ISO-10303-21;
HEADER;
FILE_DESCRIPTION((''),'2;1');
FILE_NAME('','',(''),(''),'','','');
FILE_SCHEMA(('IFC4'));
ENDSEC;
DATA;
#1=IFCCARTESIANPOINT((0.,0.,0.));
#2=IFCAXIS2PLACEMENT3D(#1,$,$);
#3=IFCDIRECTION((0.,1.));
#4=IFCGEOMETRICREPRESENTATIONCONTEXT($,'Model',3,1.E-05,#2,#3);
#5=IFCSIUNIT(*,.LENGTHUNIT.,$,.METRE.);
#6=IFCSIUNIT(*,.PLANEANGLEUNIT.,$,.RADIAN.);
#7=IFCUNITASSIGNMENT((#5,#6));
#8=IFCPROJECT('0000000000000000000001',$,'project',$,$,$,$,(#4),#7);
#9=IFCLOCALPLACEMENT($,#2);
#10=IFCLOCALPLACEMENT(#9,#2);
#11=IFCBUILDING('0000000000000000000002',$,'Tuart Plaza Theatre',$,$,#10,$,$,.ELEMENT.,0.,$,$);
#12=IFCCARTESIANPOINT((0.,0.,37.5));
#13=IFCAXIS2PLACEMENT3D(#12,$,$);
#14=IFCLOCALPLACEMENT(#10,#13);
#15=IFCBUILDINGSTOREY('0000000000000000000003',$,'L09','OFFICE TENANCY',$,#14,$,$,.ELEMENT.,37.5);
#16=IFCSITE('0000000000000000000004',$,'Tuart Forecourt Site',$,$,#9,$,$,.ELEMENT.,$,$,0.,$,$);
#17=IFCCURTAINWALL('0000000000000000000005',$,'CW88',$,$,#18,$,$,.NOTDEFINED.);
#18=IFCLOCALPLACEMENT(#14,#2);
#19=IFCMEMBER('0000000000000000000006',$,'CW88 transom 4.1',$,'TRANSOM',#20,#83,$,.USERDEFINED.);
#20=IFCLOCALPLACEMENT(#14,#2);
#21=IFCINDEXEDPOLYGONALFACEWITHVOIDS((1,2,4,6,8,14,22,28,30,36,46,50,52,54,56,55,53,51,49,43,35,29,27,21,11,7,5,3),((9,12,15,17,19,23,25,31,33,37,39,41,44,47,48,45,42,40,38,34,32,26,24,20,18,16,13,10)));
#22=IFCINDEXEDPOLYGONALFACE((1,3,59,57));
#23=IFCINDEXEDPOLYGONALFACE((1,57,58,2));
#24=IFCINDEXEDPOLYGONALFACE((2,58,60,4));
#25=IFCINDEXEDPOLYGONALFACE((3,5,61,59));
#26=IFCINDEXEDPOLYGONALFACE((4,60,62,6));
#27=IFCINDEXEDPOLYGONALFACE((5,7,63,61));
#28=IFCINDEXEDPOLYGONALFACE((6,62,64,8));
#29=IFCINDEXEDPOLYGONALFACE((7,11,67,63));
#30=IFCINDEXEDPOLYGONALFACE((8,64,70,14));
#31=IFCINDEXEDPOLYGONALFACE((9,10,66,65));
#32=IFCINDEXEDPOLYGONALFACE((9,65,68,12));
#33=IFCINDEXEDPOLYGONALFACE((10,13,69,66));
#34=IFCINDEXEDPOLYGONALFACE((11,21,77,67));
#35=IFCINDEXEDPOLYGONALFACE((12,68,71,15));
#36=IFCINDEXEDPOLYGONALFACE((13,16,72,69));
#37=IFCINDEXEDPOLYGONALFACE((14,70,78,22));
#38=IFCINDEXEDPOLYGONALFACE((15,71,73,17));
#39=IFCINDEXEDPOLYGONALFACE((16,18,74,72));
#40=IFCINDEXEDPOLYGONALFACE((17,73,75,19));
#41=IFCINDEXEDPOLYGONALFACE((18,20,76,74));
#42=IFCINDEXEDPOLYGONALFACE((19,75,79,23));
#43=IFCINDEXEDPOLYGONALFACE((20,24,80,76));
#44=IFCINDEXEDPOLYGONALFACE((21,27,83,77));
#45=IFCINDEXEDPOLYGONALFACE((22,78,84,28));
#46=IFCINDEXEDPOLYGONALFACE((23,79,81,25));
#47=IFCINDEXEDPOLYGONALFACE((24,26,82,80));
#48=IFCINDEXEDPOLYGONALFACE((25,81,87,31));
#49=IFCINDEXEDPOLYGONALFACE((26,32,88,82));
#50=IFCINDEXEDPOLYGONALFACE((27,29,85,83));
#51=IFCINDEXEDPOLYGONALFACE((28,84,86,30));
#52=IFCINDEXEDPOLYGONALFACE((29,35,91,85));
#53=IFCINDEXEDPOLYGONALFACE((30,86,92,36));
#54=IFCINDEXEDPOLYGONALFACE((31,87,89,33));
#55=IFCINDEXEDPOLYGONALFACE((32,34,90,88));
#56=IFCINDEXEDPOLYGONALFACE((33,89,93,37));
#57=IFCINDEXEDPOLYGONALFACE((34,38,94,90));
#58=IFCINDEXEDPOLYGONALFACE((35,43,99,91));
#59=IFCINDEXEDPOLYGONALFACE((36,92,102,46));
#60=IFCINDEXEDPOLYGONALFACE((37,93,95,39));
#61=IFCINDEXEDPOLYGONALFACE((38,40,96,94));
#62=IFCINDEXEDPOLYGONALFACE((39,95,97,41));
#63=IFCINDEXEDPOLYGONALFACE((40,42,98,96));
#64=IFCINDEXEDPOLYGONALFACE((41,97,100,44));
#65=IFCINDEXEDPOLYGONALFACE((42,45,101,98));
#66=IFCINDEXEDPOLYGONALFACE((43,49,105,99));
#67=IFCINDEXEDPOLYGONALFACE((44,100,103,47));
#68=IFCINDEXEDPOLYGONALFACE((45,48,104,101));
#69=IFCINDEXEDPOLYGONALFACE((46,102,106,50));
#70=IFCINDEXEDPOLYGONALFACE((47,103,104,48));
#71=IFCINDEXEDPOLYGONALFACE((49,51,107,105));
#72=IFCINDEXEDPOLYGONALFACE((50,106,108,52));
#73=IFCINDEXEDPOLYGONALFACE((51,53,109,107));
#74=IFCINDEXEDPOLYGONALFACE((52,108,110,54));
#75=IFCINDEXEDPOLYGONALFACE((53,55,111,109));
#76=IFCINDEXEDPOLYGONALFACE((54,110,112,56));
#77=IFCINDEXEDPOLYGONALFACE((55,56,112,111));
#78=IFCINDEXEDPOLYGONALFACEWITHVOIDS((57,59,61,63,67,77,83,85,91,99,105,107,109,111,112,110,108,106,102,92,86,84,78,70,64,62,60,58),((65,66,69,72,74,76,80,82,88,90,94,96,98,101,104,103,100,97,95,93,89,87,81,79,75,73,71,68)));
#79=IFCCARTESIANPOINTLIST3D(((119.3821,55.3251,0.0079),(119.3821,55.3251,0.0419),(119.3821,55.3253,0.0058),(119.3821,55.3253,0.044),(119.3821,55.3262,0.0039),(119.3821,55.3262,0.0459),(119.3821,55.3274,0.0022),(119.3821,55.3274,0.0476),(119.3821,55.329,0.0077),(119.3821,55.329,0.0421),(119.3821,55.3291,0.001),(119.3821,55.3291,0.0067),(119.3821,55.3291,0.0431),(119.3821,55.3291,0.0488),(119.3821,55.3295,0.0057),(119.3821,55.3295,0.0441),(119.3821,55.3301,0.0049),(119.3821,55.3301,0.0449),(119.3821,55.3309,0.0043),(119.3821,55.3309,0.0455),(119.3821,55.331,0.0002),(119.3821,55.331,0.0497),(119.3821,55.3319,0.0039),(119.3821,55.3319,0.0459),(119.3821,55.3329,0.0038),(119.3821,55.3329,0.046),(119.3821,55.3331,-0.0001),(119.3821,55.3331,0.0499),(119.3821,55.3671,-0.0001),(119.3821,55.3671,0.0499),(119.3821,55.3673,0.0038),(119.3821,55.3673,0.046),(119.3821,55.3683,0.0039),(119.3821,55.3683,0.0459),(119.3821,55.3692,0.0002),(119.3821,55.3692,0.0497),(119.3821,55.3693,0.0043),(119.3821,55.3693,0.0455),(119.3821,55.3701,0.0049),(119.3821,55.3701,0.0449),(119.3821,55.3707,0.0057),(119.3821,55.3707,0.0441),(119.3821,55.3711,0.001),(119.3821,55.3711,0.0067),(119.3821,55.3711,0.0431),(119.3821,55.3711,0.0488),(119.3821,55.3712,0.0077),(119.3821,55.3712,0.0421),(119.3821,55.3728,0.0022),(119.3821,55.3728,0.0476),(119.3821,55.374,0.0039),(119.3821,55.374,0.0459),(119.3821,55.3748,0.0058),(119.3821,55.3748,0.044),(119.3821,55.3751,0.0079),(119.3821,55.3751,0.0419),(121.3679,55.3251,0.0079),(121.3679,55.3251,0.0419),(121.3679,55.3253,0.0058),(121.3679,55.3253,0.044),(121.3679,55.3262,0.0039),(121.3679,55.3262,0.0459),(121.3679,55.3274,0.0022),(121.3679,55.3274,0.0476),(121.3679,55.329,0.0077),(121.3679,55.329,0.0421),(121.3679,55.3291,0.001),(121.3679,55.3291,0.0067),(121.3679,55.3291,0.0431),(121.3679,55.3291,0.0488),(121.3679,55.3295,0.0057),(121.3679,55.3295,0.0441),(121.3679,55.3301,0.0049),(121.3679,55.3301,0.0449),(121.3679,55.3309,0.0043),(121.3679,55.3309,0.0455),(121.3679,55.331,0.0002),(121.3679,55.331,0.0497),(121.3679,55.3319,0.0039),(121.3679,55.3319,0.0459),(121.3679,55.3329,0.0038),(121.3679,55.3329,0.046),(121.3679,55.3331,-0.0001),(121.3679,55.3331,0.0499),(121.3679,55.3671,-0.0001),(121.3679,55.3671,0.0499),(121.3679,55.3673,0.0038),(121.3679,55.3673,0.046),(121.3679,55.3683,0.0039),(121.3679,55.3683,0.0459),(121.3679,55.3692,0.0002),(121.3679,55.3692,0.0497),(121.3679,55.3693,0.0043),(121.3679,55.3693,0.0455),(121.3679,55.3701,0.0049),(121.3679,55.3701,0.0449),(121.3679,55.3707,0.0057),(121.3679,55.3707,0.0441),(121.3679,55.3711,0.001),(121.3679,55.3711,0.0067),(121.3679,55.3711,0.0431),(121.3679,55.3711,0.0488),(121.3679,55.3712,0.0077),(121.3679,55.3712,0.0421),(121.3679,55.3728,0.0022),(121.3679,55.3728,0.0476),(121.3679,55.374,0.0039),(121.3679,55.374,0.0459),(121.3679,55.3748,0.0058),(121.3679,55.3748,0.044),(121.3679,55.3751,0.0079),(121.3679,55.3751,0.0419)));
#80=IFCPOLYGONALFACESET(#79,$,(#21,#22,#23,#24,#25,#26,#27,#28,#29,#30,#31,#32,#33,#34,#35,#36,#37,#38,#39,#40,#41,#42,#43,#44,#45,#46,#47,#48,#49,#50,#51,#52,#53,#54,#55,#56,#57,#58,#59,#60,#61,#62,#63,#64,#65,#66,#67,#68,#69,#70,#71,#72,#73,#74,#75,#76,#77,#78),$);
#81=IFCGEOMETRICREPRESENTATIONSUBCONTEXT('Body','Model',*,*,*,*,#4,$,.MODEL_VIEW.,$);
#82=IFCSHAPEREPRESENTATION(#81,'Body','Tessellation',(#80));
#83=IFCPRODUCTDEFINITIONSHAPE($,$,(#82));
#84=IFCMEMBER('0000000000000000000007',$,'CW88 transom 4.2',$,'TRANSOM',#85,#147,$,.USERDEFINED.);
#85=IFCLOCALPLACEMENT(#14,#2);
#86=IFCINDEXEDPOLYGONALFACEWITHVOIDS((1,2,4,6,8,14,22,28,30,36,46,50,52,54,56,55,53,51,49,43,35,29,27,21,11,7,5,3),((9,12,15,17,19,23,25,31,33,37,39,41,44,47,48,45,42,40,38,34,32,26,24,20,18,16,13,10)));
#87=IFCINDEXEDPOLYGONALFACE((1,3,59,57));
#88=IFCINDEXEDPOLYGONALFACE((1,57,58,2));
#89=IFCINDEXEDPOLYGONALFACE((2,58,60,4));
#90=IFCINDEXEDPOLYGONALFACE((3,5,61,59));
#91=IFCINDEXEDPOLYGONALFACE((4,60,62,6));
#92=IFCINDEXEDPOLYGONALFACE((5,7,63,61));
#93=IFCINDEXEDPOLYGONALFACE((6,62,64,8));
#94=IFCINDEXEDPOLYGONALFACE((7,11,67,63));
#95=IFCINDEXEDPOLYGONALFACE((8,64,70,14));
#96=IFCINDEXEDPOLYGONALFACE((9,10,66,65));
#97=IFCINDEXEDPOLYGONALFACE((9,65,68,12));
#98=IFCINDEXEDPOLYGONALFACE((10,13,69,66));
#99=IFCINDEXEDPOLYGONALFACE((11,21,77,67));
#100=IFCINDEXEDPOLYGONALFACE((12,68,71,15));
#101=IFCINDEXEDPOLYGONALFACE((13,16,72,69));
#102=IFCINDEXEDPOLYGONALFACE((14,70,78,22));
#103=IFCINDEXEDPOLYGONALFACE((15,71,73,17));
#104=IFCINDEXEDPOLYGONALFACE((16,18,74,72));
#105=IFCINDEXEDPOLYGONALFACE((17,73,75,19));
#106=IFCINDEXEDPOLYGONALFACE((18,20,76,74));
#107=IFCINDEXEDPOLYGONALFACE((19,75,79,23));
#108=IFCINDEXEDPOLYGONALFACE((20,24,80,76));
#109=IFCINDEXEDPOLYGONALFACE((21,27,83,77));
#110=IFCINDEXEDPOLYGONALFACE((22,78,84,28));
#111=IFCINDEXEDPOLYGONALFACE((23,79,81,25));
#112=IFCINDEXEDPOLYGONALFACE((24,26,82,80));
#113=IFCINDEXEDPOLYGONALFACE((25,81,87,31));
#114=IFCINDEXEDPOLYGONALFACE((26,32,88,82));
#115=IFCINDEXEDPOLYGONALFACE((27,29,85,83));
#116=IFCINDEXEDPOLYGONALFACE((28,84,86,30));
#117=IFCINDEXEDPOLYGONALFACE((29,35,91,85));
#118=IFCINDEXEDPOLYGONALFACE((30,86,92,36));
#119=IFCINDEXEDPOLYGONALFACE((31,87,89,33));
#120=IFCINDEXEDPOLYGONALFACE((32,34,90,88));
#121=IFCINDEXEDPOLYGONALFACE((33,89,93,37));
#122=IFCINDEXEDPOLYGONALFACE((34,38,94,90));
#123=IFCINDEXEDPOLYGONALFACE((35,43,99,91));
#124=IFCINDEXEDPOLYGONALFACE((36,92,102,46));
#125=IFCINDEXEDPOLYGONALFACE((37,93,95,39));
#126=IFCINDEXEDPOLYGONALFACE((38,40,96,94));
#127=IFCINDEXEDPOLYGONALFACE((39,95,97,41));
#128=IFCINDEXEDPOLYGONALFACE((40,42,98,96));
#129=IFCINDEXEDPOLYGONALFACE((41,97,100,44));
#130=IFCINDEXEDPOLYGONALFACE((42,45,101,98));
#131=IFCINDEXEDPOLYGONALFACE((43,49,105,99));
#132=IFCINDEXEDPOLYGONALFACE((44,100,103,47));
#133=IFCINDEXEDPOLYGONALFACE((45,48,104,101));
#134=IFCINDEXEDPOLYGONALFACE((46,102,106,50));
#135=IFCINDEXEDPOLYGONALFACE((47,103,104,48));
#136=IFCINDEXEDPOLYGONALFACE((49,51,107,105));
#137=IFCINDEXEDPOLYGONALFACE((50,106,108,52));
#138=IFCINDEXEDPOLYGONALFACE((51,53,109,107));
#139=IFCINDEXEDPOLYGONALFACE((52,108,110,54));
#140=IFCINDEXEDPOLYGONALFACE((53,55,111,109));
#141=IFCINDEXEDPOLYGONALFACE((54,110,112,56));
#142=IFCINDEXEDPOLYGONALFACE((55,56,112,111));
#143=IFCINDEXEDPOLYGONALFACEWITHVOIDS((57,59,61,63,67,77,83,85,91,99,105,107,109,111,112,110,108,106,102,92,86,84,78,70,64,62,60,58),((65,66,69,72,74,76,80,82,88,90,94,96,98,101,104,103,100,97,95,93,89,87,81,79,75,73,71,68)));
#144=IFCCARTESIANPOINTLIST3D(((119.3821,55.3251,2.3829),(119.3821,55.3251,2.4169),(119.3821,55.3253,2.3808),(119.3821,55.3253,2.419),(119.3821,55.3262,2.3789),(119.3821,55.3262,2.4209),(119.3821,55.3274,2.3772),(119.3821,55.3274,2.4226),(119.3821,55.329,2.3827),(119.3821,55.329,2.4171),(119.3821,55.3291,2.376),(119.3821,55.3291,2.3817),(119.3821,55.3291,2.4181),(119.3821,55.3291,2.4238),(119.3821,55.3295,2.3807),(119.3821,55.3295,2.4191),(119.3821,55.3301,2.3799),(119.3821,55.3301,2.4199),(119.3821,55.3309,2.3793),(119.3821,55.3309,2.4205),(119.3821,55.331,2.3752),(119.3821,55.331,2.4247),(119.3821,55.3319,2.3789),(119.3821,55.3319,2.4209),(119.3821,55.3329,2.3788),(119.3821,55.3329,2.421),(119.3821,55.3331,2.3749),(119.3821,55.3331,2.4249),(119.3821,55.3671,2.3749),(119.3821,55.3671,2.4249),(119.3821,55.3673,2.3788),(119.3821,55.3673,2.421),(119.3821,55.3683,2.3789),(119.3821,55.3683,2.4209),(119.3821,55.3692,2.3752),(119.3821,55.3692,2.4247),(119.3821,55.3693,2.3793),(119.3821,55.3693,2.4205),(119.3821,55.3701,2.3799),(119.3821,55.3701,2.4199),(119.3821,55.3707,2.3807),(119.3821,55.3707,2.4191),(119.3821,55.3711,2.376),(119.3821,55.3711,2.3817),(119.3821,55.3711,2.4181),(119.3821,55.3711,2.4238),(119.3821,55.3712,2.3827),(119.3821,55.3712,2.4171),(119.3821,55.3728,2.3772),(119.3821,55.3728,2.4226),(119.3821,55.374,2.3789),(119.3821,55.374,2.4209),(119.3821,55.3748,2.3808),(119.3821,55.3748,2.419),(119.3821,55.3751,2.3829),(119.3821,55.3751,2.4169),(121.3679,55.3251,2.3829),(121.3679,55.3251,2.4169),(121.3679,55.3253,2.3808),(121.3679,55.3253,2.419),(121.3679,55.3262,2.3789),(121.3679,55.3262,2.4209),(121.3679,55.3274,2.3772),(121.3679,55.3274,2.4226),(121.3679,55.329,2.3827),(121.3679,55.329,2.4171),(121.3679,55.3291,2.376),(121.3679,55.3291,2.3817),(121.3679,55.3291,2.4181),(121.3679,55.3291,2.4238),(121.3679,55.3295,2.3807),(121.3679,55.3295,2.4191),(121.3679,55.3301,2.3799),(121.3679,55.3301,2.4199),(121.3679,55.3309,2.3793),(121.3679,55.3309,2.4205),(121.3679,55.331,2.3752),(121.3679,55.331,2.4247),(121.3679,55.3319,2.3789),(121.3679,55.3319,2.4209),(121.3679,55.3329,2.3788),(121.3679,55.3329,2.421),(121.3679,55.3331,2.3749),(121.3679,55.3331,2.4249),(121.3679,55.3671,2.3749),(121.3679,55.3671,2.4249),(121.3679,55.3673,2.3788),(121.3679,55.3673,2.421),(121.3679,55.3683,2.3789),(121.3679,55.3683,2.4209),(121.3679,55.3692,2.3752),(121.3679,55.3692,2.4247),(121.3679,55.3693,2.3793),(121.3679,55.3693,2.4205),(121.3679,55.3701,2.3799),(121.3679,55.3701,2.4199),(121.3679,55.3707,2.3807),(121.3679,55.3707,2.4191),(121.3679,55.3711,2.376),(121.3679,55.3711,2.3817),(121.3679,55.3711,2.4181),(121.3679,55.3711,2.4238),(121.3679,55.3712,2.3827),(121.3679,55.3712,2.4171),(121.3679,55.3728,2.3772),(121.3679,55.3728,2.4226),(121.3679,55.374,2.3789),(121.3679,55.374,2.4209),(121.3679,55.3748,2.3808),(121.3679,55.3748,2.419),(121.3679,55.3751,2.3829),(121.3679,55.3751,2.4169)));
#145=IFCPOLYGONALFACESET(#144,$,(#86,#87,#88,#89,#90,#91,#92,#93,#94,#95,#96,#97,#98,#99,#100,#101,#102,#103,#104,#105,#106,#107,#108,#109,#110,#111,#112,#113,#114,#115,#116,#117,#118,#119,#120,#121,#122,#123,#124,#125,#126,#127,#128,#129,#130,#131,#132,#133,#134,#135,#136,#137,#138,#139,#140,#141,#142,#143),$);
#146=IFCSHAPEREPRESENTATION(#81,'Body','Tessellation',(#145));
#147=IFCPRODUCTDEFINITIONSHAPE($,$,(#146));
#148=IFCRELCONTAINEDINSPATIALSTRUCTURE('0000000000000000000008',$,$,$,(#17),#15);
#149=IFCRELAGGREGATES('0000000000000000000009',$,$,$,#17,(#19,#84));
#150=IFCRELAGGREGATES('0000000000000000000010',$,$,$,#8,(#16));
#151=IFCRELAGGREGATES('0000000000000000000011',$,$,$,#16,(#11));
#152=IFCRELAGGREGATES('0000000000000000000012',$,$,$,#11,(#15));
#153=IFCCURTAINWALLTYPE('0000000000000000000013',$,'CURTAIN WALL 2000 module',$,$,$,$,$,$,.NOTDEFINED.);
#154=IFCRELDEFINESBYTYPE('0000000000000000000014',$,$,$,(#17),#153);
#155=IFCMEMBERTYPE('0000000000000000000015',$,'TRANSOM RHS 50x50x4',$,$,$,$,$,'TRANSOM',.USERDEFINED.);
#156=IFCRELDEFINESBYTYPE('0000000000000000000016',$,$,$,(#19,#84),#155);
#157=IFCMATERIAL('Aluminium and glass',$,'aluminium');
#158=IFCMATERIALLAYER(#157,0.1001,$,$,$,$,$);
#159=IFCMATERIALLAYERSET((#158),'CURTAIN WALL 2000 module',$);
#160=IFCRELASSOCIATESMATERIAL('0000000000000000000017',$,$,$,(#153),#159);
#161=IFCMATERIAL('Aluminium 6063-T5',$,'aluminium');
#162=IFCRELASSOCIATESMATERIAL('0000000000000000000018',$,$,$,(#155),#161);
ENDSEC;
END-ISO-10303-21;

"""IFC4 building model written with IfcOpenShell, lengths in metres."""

from ifc_helpers import new_model, si_unit, direction, frame, origin, origin_2d, place, context, subcontext, project, spatial, hollow_rectangle, extrude, material, layer, layer_set, material_profile, profile_set, type_object, element, aggregate, save


model = new_model("IFC4")

# Units and contexts
model_context = context("Model", 3, precision=1e-05, world=origin(), true_north=direction((0.0, 1.0)))
body_context = subcontext(model_context, "Body", "Model", "MODEL_VIEW")
ifc_project = project(units=[si_unit("LENGTHUNIT", "METRE"), si_unit("PLANEANGLEUNIT", "RADIAN")], contexts=[model_context])

# Site, building, storey
site_placement = place(None, origin())
site = spatial("IfcSite", under=ifc_project, at=site_placement, Name="Tuart Forecourt Site", CompositionType="ELEMENT", RefElevation=0.0)
building_placement = place(site_placement, origin())
building = spatial("IfcBuilding", under=site, at=building_placement, Name="Tuart Plaza Theatre", CompositionType="ELEMENT", ElevationOfRefHeight=0.0)
storey_placement = place(building_placement, frame((0.0, 0.0, 37.5)))
storey = spatial("IfcBuildingStorey", under=building, at=storey_placement, Name="L09", Description="OFFICE TENANCY", CompositionType="ELEMENT", Elevation=37.5)

# Curtain wall, members
ifc_material_1 = material(Name="Aluminium and glass", Category="aluminium")
ifc_layer_1 = layer(ifc_material_1, 0.1001)
ifc_layer_set_1 = layer_set([ifc_layer_1], Name="CURTAIN WALL 2000 module")
curtain_wall_type = type_object("IfcCurtainWallType", Name="CURTAIN WALL 2000 module", PredefinedType="NOTDEFINED", material=ifc_layer_set_1)
curtain_wall_placement = place(storey_placement, origin())
curtain_wall = element("IfcCurtainWall", 1, at=curtain_wall_placement, inside=storey, type_object=curtain_wall_type, Name="CW88", PredefinedType="NOTDEFINED")
ifc_material_2 = material(Name="Aluminium 6063-T5", Category="aluminium")
ifc_material_profile_1 = material_profile(ifc_material_2, hollow_rectangle(XDim=0.05, YDim=0.05, WallThickness=0.0039, InnerFilletRadius=0.0039, OuterFilletRadius=0.0081, at=origin_2d()), Name="RHS 50x50x4")
ifc_profile_set_1 = profile_set([ifc_material_profile_1], Name="Aluminium 6063-T5")
member_type_1 = type_object("IfcMemberType", Name="TRANSOM RHS 50x50x4", ElementType="TRANSOM", PredefinedType="USERDEFINED", material=ifc_profile_set_1)
member_1_placement = place(storey_placement, frame((119.3821, 55.3501, 0.0249), z_axis=(1.0, 0.0, 0.0), x_axis=(0.0, 1.0, 0.0)))
member_1 = element("IfcMember", 2, at=member_1_placement, type_object=member_type_1, Name="CW88 transom 4.1", ObjectType="TRANSOM", PredefinedType="USERDEFINED", context=body_context, shape_type="SweptSolid", body=[
    extrude(hollow_rectangle(XDim=0.05, YDim=0.05, WallThickness=0.0039, InnerFilletRadius=0.0039, OuterFilletRadius=0.0081, at=origin_2d()), origin(), (0.0, 0.0, 1.0), 1.9858),
])
member_2_placement = place(storey_placement, frame((119.3821, 55.3501, 2.3999), z_axis=(1.0, 0.0, 0.0), x_axis=(0.0, 1.0, 0.0)))
member_2 = element("IfcMember", 3, at=member_2_placement, type_object=member_type_1, Name="CW88 transom 4.2", ObjectType="TRANSOM", PredefinedType="USERDEFINED", context=body_context, shape_type="SweptSolid", body=[
    extrude(hollow_rectangle(XDim=0.05, YDim=0.05, WallThickness=0.0039, InnerFilletRadius=0.0039, OuterFilletRadius=0.0081, at=origin_2d()), origin(), (0.0, 0.0, 1.0), 1.9858),
])
aggregate(curtain_wall, [member_1, member_2])

save(model, "model.ifc")
